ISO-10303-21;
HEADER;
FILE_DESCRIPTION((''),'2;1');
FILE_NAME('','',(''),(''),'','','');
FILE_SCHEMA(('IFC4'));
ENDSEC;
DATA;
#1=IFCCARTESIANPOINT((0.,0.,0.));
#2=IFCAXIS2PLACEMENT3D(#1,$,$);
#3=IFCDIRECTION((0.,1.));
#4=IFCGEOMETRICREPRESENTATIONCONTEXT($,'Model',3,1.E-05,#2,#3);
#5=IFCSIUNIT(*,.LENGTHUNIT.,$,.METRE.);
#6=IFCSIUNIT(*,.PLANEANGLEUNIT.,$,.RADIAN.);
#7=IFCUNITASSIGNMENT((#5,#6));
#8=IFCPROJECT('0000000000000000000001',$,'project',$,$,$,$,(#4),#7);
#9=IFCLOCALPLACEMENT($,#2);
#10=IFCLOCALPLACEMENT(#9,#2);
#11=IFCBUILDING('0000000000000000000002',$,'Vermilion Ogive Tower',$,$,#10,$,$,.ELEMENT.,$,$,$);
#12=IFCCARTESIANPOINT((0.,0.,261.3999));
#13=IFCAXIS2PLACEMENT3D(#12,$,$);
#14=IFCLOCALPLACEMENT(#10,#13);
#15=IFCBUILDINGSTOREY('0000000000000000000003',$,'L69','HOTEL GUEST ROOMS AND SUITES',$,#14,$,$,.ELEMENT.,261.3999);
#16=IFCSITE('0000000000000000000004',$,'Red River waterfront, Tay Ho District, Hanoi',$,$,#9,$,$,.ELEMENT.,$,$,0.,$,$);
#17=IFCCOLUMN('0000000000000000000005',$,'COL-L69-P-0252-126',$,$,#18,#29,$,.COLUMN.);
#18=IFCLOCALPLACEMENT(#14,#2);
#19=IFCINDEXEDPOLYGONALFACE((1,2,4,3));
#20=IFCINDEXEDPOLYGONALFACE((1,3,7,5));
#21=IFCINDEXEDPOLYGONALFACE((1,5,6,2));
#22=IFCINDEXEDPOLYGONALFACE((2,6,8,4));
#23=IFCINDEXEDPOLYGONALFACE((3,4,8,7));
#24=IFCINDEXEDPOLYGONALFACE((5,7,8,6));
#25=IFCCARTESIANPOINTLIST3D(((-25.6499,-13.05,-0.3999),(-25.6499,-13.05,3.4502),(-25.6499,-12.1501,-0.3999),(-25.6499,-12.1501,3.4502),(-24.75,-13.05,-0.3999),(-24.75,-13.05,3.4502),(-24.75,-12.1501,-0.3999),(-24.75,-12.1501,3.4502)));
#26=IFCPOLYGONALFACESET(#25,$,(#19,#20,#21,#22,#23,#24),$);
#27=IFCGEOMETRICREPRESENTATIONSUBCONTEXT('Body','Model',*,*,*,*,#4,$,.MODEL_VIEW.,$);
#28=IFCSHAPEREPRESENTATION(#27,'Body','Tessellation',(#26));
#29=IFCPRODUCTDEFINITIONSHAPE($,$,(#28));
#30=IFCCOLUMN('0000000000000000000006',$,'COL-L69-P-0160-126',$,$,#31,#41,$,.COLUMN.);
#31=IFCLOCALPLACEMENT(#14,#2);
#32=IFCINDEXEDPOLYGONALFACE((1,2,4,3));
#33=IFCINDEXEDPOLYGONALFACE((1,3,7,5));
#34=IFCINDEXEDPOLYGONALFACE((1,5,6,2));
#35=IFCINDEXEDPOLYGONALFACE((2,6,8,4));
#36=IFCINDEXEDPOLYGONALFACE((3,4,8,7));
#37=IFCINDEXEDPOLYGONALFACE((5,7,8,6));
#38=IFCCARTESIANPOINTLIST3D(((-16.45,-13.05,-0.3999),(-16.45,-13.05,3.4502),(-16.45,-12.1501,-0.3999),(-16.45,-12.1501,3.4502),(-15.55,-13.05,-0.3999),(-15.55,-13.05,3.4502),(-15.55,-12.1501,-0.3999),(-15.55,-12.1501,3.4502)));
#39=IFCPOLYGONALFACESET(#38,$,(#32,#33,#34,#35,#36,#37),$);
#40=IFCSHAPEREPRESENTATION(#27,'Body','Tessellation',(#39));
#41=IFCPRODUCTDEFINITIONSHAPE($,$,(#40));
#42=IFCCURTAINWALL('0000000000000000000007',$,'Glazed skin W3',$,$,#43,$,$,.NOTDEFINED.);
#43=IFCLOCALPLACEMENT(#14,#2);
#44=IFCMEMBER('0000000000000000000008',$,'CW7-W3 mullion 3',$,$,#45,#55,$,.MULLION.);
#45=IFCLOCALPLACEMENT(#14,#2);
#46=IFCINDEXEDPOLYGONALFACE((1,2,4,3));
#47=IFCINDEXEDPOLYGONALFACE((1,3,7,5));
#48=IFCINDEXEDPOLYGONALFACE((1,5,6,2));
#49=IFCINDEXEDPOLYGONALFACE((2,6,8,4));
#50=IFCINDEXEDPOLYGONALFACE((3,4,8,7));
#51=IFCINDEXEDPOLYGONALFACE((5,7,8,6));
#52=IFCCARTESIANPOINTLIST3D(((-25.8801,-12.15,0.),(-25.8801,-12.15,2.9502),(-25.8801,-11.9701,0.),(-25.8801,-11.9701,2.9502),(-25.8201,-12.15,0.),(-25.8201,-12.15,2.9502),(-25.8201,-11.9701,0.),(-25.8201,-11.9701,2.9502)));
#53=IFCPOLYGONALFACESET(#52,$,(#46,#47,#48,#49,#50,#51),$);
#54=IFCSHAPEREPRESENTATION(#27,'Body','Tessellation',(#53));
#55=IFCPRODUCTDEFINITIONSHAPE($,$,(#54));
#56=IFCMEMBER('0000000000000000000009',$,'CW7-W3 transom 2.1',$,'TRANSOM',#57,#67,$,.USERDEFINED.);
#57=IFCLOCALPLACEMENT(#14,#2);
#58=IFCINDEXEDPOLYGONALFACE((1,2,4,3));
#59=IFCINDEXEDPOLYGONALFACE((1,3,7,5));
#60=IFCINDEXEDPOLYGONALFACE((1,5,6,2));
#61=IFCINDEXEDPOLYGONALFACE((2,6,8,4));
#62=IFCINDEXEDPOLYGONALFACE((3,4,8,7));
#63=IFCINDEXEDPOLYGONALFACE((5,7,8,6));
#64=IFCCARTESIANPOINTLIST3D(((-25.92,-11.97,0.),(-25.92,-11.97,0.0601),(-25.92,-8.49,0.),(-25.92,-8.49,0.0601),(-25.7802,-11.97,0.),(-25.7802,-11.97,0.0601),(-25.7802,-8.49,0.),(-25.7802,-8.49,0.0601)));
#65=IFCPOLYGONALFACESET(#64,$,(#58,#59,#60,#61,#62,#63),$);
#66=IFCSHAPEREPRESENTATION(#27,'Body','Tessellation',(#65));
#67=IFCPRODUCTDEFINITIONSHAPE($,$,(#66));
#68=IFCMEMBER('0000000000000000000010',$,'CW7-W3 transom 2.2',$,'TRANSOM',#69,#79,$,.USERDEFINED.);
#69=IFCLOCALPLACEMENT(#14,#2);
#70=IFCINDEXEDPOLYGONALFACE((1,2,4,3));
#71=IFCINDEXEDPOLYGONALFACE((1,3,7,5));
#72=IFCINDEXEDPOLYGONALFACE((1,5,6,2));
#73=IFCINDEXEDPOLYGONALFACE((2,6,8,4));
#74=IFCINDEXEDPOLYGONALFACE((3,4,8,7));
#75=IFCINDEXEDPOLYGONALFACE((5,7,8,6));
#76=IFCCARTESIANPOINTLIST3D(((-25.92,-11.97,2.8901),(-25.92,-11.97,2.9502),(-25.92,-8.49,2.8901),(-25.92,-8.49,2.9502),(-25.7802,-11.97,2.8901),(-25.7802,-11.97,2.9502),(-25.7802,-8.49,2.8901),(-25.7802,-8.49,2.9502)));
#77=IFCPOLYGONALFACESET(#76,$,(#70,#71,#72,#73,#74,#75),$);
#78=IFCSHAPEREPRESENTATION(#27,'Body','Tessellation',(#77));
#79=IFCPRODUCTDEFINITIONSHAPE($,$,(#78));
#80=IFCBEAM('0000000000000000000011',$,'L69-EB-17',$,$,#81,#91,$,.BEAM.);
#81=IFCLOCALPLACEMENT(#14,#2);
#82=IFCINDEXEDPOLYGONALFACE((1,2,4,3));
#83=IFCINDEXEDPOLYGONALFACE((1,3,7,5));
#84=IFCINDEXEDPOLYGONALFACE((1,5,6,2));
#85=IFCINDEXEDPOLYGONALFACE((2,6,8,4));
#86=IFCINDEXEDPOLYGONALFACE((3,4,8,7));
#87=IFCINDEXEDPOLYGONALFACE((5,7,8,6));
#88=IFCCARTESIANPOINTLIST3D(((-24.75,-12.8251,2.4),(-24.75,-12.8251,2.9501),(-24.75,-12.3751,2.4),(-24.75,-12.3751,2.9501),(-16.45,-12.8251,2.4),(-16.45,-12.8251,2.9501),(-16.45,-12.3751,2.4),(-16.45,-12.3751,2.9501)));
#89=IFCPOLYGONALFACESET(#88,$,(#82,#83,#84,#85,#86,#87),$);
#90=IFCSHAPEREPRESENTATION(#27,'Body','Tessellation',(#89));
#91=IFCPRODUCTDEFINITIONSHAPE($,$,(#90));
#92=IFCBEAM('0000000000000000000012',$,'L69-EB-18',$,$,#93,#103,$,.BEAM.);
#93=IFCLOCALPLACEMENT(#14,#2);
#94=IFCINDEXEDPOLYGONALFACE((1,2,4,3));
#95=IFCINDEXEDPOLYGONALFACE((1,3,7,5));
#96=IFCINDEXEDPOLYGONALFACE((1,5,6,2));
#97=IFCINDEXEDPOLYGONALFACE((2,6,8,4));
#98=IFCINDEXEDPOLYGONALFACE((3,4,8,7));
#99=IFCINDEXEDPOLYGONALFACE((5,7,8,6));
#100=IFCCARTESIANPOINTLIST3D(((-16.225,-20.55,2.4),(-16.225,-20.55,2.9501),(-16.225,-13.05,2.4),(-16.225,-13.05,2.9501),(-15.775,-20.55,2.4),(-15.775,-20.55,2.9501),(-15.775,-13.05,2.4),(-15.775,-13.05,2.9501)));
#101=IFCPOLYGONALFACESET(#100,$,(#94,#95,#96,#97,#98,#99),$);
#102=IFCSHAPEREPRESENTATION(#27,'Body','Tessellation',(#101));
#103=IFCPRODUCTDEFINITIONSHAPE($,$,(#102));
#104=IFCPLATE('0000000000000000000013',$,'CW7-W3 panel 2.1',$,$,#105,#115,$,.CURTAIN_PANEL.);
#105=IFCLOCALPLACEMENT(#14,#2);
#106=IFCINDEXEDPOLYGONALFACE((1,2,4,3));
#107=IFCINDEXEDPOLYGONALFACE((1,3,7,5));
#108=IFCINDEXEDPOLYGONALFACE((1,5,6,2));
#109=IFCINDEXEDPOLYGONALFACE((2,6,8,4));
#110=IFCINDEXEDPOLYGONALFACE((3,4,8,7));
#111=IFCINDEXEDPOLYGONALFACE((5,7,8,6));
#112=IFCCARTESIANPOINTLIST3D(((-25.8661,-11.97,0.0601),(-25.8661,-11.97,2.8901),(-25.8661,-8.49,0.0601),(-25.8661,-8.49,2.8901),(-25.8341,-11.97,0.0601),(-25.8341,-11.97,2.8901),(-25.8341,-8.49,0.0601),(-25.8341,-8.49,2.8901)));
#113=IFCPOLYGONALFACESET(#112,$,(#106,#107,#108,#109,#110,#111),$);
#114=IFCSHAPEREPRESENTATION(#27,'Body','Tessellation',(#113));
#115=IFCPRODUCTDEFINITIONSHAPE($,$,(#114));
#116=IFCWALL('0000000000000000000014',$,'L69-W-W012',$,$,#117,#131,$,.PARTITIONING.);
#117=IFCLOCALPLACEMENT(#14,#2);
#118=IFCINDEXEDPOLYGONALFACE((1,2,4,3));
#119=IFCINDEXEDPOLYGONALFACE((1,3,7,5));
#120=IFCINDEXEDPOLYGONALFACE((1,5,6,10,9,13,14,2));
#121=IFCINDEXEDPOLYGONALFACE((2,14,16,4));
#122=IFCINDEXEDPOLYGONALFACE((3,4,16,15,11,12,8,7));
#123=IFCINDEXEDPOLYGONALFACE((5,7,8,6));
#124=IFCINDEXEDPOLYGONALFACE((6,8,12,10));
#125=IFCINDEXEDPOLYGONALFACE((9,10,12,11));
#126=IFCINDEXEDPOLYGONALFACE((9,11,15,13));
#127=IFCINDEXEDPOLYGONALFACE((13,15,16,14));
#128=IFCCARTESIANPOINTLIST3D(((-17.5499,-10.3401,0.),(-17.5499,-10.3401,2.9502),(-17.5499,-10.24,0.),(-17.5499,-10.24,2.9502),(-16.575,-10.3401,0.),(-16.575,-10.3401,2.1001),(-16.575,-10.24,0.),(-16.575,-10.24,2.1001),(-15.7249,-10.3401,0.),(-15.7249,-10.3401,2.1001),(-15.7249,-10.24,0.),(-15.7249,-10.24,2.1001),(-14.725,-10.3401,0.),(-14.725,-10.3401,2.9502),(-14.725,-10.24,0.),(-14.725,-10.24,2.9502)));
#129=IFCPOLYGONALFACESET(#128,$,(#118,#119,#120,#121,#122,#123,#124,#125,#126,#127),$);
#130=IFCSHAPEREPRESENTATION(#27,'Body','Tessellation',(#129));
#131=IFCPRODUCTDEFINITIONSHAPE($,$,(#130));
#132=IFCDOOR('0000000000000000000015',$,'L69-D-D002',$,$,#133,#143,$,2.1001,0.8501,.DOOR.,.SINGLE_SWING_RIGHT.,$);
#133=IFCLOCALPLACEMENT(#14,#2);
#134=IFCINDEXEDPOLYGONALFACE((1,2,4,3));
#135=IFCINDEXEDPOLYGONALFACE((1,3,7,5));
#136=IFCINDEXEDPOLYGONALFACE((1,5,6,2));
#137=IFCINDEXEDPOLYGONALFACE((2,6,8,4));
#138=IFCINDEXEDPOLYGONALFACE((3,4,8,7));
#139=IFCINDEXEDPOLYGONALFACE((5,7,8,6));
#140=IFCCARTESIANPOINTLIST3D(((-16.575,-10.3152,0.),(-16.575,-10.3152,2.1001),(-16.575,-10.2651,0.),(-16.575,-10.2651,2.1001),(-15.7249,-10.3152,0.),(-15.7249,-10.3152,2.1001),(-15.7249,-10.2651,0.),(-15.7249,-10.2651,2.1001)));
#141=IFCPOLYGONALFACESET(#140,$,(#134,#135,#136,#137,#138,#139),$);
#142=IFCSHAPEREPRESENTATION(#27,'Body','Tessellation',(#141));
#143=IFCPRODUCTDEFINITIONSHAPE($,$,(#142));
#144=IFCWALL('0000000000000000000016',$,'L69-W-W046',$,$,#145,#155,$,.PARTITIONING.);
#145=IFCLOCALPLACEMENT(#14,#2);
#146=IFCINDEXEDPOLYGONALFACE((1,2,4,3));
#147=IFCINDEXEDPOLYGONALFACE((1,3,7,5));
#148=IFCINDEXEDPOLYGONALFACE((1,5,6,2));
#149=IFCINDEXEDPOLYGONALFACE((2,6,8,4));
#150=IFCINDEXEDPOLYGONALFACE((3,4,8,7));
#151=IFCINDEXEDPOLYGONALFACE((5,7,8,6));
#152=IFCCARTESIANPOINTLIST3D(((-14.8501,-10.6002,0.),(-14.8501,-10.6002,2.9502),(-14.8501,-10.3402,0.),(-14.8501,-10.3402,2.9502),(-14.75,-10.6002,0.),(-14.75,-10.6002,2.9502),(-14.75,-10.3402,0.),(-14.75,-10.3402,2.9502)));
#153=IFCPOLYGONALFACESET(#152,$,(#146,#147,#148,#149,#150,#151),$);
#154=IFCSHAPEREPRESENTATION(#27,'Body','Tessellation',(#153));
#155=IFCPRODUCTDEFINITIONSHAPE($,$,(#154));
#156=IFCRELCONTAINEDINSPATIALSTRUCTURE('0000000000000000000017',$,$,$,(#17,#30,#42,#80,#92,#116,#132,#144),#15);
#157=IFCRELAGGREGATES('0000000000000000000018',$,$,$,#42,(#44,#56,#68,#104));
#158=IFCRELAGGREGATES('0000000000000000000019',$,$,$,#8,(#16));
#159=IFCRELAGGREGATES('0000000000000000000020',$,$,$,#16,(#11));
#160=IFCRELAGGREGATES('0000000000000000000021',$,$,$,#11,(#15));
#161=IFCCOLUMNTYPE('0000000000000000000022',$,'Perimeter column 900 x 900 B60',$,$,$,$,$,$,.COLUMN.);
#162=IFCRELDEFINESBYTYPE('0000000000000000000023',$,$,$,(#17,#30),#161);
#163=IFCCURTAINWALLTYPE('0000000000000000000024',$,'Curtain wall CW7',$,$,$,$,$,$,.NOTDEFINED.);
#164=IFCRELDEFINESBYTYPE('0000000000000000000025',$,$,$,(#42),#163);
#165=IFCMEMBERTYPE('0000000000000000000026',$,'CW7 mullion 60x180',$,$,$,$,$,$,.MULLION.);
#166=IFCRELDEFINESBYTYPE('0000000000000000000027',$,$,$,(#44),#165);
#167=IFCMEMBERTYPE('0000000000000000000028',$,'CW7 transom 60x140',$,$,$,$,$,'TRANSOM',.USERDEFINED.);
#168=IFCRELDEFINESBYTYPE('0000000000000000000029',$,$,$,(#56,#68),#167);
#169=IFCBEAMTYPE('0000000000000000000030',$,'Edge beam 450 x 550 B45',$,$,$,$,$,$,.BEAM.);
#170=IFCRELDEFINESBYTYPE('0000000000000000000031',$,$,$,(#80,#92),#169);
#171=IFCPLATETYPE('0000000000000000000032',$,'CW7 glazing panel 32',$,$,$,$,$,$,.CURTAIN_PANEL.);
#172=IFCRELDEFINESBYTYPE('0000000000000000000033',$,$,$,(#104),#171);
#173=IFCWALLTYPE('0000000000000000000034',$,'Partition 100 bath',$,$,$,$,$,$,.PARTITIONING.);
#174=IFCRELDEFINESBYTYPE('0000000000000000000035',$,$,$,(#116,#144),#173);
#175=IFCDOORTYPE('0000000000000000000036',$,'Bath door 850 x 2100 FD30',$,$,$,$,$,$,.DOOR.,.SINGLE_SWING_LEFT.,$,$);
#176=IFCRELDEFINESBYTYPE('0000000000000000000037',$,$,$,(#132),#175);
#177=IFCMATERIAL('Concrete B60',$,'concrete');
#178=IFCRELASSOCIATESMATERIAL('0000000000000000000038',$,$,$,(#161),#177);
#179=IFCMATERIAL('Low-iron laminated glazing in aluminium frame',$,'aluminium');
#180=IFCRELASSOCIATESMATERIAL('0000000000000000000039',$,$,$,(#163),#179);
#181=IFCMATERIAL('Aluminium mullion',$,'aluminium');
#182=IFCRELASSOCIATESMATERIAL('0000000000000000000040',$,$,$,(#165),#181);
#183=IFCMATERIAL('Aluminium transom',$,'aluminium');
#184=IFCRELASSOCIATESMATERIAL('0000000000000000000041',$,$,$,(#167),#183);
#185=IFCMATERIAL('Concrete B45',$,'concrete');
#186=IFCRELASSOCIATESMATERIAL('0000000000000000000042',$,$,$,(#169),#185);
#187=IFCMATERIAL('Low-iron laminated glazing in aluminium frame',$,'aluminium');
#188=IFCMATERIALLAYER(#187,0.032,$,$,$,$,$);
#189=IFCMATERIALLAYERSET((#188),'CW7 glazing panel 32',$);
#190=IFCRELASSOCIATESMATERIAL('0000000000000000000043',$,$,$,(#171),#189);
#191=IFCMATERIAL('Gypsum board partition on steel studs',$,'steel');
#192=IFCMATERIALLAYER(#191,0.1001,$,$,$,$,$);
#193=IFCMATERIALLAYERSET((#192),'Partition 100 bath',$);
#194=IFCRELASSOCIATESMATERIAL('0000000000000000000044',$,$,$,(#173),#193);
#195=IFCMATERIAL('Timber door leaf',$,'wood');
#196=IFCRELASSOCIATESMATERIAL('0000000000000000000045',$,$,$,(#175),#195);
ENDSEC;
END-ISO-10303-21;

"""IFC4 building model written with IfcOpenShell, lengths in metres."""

from ifc_helpers import new_model, si_unit, direction, frame, frame_2d, origin, origin_2d, place, context, subcontext, project, spatial, rectangle, extrude, material, layer, layer_set, material_profile, profile_set, type_object, element, fill, aggregate, save


model = new_model("IFC4")

# Units and contexts
model_context = context("Model", 3, precision=1e-05, world=origin(), true_north=direction((0.0, 1.0)))
body_context = subcontext(model_context, "Body", "Model", "MODEL_VIEW")
ifc_project = project(units=[si_unit("LENGTHUNIT", "METRE"), si_unit("PLANEANGLEUNIT", "RADIAN")], contexts=[model_context])

# Site, building, storey
site_placement = place(None, origin())
site = spatial("IfcSite", under=ifc_project, at=site_placement, Name="Red River waterfront, Tay Ho District, Hanoi", CompositionType="ELEMENT", RefElevation=0.0)
building_placement = place(site_placement, origin())
building = spatial("IfcBuilding", under=site, at=building_placement, Name="Vermilion Ogive Tower", CompositionType="ELEMENT")
storey_placement = place(building_placement, frame((0.0, 0.0, 261.3999)))
storey = spatial("IfcBuildingStorey", under=building, at=storey_placement, Name="L69", Description="HOTEL GUEST ROOMS AND SUITES", CompositionType="ELEMENT", Elevation=261.3999)

# Columns
ifc_material_1 = material(Name="Concrete B60", Category="concrete")
ifc_material_profile_1 = material_profile(ifc_material_1, rectangle(XDim=0.8999, YDim=0.8999, at=origin_2d()), Name="900 x 900")
ifc_profile_set_1 = profile_set([ifc_material_profile_1], Name="Concrete B60")
column_type = type_object("IfcColumnType", Name="Perimeter column 900 x 900 B60", PredefinedType="COLUMN", material=ifc_profile_set_1)
for number, where, z_axis, x_axis, name in (
    (1, (-25.2, -12.6001, -0.3999), (0.0, 0.0, 1.0), (1.0, 0.0, 0.0), "COL-L69-P-0252-126"),
    (2, (-16.0, -12.6001, -0.3999), (0.0, 0.0, 1.0), (1.0, 0.0, 0.0), "COL-L69-P-0160-126"),
):
    element("IfcColumn", number, at=place(storey_placement, frame(where, z_axis=z_axis, x_axis=x_axis)), inside=storey, type_object=column_type, Name=name, PredefinedType="COLUMN", context=body_context, shape_type="SweptSolid", body=[
        extrude(rectangle(XDim=0.8999, YDim=0.8999, at=origin_2d()), origin(), (0.0, 0.0, 1.0), 3.8501),
    ])

# Curtain wall, members
ifc_material_2 = material(Name="Low-iron laminated glazing in aluminium frame", Category="aluminium")
curtain_wall_type = type_object("IfcCurtainWallType", Name="Curtain wall CW7", PredefinedType="NOTDEFINED", material=ifc_material_2)
curtain_wall_placement = place(storey_placement, origin())
curtain_wall = element("IfcCurtainWall", 3, at=curtain_wall_placement, inside=storey, type_object=curtain_wall_type, Name="Glazed skin W3", PredefinedType="NOTDEFINED")
ifc_material_3 = material(Name="Aluminium mullion", Category="aluminium")
ifc_material_profile_2 = material_profile(ifc_material_3, rectangle(XDim=0.0601, YDim=0.1799, at=origin_2d()), Name="AL 60x180")
ifc_profile_set_2 = profile_set([ifc_material_profile_2], Name="Aluminium mullion")
member_type_1 = type_object("IfcMemberType", Name="CW7 mullion 60x180", PredefinedType="MULLION", material=ifc_profile_set_2)
member_1_placement = place(storey_placement, frame((-25.8501, -12.0601, 0.0), z_axis=(0.0, 0.0, 1.0), x_axis=(1.0, 0.0, 0.0)))
member_1 = element("IfcMember", 4, at=member_1_placement, type_object=member_type_1, Name="CW7-W3 mullion 3", PredefinedType="MULLION", context=body_context, shape_type="SweptSolid", body=[
    extrude(rectangle(XDim=0.0601, YDim=0.1799, at=origin_2d()), origin(), (0.0, 0.0, 1.0), 2.9502),
])
ifc_material_4 = material(Name="Aluminium transom", Category="aluminium")
ifc_material_profile_3 = material_profile(ifc_material_4, rectangle(XDim=0.1399, YDim=0.0601, at=origin_2d()), Name="AL 60x140")
ifc_profile_set_3 = profile_set([ifc_material_profile_3], Name="Aluminium transom")
member_type_2 = type_object("IfcMemberType", Name="CW7 transom 60x140", ElementType="TRANSOM", PredefinedType="USERDEFINED", material=ifc_profile_set_3)
member_2_placement = place(storey_placement, frame((-25.8501, -8.49, 0.03), z_axis=(0.0, -1.0, 0.0), x_axis=(1.0, 0.0, 0.0)))
member_2 = element("IfcMember", 5, at=member_2_placement, type_object=member_type_2, Name="CW7-W3 transom 2.1", ObjectType="TRANSOM", PredefinedType="USERDEFINED", context=body_context, shape_type="SweptSolid", body=[
    extrude(rectangle(XDim=0.1399, YDim=0.0601, at=origin_2d()), origin(), (0.0, 0.0, 1.0), 3.48),
])
member_3_placement = place(storey_placement, frame((-25.8501, -8.49, 2.9202), z_axis=(0.0, -1.0, 0.0), x_axis=(1.0, 0.0, 0.0)))
member_3 = element("IfcMember", 6, at=member_3_placement, type_object=member_type_2, Name="CW7-W3 transom 2.2", ObjectType="TRANSOM", PredefinedType="USERDEFINED", context=body_context, shape_type="SweptSolid", body=[
    extrude(rectangle(XDim=0.1399, YDim=0.0601, at=origin_2d()), origin(), (0.0, 0.0, 1.0), 3.48),
])

# Beams
ifc_material_5 = material(Name="Concrete B45", Category="concrete")
ifc_material_profile_4 = material_profile(ifc_material_5, rectangle(XDim=0.45, YDim=0.55, at=origin_2d()), Name="450 x 550")
ifc_profile_set_4 = profile_set([ifc_material_profile_4], Name="Concrete B45")
beam_type = type_object("IfcBeamType", Name="Edge beam 450 x 550 B45", PredefinedType="BEAM", material=ifc_profile_set_4)
beam_1_placement = place(storey_placement, frame((-24.75, -12.6001, 2.675), z_axis=(1.0, 0.0, 0.0), x_axis=(0.0, 1.0, 0.0)))
element("IfcBeam", 7, at=beam_1_placement, inside=storey, type_object=beam_type, Name="L69-EB-17", PredefinedType="BEAM", context=body_context, shape_type="SweptSolid", body=[
    extrude(rectangle(XDim=0.45, YDim=0.55, at=origin_2d()), origin(), (0.0, 0.0, 1.0), 8.3),
])
beam_2_placement = place(storey_placement, frame((-16.0, -13.05, 2.675), z_axis=(0.0, -1.0, 0.0), x_axis=(1.0, 0.0, 0.0)))
element("IfcBeam", 8, at=beam_2_placement, inside=storey, type_object=beam_type, Name="L69-EB-18", PredefinedType="BEAM", context=body_context, shape_type="SweptSolid", body=[
    extrude(rectangle(XDim=0.45, YDim=0.55, at=origin_2d()), origin(), (0.0, 0.0, 1.0), 7.5),
])

# Plate
ifc_material_6 = material(Name="Low-iron laminated glazing in aluminium frame", Category="aluminium")
ifc_layer_1 = layer(ifc_material_6, 0.032)
ifc_layer_set_1 = layer_set([ifc_layer_1], Name="CW7 glazing panel 32")
plate_type = type_object("IfcPlateType", Name="CW7 glazing panel 32", PredefinedType="CURTAIN_PANEL", material=ifc_layer_set_1)
plate_placement = place(storey_placement, frame((-25.8501, -10.23, 0.0601), z_axis=(0.0, 0.0, 1.0), x_axis=(0.0, -1.0, 0.0)))
plate = element("IfcPlate", 9, at=plate_placement, type_object=plate_type, Name="CW7-W3 panel 2.1", PredefinedType="CURTAIN_PANEL", context=body_context, shape_type="SweptSolid", body=[
    extrude(rectangle(XDim=3.48, YDim=0.032, at=origin_2d()), origin(), (0.0, 0.0, 1.0), 2.8301),
])
aggregate(curtain_wall, [member_1, member_2, member_3, plate])

# Wall, opening, door
ifc_material_7 = material(Name="Gypsum board partition on steel studs", Category="steel")
ifc_layer_2 = layer(ifc_material_7, 0.1001)
ifc_layer_set_2 = layer_set([ifc_layer_2], Name="Partition 100 bath")
wall_type_1 = type_object("IfcWallType", Name="Partition 100 bath", PredefinedType="PARTITIONING", material=ifc_layer_set_2)
wall_1_placement = place(storey_placement, frame((-17.55, -10.29, 0.0), z_axis=(0.0, 0.0, 1.0), x_axis=(1.0, 0.0, 0.0)))
wall_1 = element("IfcWall", 10, at=wall_1_placement, inside=storey, type_object=wall_type_1, Name="L69-W-W012", PredefinedType="PARTITIONING", context=body_context, shape_type="SweptSolid", body=[
    extrude(rectangle(XDim=2.825, YDim=0.1001, at=frame_2d((1.4126, 0.0))), origin(), (0.0, 0.0, 1.0), 2.9502),
])
opening_1_placement = place(wall_1_placement, frame((0.9751, 0.0, 0.0)))
opening_1 = element("IfcOpeningElement", 11, at=opening_1_placement, cuts=wall_1, PredefinedType="OPENING", context=body_context, shape_type="SweptSolid", body=[
    extrude(rectangle(XDim=0.8501, YDim=2.1001, at=frame_2d((0.425, 1.05))), frame((0.0, 0.0601, 0.0), z_axis=(0.0, -1.0, 0.0), x_axis=(1.0, 0.0, 0.0)), (0.0, 0.0, 1.0), 0.1201),
])
ifc_material_8 = material(Name="Timber door leaf", Category="wood")
door_type_1 = type_object("IfcDoorType", Name="Bath door 850 x 2100 FD30", OperationType="SINGLE_SWING_LEFT", PredefinedType="DOOR", material=ifc_material_8)
door_1_placement = place(opening_1_placement, origin())
door_1 = element("IfcDoor", 12, at=door_1_placement, inside=storey, type_object=door_type_1, Name="L69-D-D002", OperationType="SINGLE_SWING_RIGHT", OverallHeight=2.1001, OverallWidth=0.8501, PredefinedType="DOOR", context=body_context, shape_type="SweptSolid", body=[
    extrude(rectangle(XDim=0.8501, YDim=2.1001, at=frame_2d((0.425, 1.05))), frame((0.0, 0.0249, 0.0), z_axis=(0.0, -1.0, 0.0), x_axis=(1.0, 0.0, 0.0)), (0.0, 0.0, 1.0), 0.05),
])
fill(opening_1, door_1)

# Wall
wall_2_placement = place(storey_placement, frame((-14.8, -10.6001, 0.0), z_axis=(0.0, 0.0, 1.0), x_axis=(0.0, 1.0, 0.0)))
element("IfcWall", 13, at=wall_2_placement, inside=storey, type_object=wall_type_1, Name="L69-W-W046", PredefinedType="PARTITIONING", context=body_context, shape_type="SweptSolid", body=[
    extrude(rectangle(XDim=0.26, YDim=0.1001, at=frame_2d((0.1299, 0.0))), origin(), (0.0, 0.0, 1.0), 2.9502),
])

save(model, "model.ifc")
